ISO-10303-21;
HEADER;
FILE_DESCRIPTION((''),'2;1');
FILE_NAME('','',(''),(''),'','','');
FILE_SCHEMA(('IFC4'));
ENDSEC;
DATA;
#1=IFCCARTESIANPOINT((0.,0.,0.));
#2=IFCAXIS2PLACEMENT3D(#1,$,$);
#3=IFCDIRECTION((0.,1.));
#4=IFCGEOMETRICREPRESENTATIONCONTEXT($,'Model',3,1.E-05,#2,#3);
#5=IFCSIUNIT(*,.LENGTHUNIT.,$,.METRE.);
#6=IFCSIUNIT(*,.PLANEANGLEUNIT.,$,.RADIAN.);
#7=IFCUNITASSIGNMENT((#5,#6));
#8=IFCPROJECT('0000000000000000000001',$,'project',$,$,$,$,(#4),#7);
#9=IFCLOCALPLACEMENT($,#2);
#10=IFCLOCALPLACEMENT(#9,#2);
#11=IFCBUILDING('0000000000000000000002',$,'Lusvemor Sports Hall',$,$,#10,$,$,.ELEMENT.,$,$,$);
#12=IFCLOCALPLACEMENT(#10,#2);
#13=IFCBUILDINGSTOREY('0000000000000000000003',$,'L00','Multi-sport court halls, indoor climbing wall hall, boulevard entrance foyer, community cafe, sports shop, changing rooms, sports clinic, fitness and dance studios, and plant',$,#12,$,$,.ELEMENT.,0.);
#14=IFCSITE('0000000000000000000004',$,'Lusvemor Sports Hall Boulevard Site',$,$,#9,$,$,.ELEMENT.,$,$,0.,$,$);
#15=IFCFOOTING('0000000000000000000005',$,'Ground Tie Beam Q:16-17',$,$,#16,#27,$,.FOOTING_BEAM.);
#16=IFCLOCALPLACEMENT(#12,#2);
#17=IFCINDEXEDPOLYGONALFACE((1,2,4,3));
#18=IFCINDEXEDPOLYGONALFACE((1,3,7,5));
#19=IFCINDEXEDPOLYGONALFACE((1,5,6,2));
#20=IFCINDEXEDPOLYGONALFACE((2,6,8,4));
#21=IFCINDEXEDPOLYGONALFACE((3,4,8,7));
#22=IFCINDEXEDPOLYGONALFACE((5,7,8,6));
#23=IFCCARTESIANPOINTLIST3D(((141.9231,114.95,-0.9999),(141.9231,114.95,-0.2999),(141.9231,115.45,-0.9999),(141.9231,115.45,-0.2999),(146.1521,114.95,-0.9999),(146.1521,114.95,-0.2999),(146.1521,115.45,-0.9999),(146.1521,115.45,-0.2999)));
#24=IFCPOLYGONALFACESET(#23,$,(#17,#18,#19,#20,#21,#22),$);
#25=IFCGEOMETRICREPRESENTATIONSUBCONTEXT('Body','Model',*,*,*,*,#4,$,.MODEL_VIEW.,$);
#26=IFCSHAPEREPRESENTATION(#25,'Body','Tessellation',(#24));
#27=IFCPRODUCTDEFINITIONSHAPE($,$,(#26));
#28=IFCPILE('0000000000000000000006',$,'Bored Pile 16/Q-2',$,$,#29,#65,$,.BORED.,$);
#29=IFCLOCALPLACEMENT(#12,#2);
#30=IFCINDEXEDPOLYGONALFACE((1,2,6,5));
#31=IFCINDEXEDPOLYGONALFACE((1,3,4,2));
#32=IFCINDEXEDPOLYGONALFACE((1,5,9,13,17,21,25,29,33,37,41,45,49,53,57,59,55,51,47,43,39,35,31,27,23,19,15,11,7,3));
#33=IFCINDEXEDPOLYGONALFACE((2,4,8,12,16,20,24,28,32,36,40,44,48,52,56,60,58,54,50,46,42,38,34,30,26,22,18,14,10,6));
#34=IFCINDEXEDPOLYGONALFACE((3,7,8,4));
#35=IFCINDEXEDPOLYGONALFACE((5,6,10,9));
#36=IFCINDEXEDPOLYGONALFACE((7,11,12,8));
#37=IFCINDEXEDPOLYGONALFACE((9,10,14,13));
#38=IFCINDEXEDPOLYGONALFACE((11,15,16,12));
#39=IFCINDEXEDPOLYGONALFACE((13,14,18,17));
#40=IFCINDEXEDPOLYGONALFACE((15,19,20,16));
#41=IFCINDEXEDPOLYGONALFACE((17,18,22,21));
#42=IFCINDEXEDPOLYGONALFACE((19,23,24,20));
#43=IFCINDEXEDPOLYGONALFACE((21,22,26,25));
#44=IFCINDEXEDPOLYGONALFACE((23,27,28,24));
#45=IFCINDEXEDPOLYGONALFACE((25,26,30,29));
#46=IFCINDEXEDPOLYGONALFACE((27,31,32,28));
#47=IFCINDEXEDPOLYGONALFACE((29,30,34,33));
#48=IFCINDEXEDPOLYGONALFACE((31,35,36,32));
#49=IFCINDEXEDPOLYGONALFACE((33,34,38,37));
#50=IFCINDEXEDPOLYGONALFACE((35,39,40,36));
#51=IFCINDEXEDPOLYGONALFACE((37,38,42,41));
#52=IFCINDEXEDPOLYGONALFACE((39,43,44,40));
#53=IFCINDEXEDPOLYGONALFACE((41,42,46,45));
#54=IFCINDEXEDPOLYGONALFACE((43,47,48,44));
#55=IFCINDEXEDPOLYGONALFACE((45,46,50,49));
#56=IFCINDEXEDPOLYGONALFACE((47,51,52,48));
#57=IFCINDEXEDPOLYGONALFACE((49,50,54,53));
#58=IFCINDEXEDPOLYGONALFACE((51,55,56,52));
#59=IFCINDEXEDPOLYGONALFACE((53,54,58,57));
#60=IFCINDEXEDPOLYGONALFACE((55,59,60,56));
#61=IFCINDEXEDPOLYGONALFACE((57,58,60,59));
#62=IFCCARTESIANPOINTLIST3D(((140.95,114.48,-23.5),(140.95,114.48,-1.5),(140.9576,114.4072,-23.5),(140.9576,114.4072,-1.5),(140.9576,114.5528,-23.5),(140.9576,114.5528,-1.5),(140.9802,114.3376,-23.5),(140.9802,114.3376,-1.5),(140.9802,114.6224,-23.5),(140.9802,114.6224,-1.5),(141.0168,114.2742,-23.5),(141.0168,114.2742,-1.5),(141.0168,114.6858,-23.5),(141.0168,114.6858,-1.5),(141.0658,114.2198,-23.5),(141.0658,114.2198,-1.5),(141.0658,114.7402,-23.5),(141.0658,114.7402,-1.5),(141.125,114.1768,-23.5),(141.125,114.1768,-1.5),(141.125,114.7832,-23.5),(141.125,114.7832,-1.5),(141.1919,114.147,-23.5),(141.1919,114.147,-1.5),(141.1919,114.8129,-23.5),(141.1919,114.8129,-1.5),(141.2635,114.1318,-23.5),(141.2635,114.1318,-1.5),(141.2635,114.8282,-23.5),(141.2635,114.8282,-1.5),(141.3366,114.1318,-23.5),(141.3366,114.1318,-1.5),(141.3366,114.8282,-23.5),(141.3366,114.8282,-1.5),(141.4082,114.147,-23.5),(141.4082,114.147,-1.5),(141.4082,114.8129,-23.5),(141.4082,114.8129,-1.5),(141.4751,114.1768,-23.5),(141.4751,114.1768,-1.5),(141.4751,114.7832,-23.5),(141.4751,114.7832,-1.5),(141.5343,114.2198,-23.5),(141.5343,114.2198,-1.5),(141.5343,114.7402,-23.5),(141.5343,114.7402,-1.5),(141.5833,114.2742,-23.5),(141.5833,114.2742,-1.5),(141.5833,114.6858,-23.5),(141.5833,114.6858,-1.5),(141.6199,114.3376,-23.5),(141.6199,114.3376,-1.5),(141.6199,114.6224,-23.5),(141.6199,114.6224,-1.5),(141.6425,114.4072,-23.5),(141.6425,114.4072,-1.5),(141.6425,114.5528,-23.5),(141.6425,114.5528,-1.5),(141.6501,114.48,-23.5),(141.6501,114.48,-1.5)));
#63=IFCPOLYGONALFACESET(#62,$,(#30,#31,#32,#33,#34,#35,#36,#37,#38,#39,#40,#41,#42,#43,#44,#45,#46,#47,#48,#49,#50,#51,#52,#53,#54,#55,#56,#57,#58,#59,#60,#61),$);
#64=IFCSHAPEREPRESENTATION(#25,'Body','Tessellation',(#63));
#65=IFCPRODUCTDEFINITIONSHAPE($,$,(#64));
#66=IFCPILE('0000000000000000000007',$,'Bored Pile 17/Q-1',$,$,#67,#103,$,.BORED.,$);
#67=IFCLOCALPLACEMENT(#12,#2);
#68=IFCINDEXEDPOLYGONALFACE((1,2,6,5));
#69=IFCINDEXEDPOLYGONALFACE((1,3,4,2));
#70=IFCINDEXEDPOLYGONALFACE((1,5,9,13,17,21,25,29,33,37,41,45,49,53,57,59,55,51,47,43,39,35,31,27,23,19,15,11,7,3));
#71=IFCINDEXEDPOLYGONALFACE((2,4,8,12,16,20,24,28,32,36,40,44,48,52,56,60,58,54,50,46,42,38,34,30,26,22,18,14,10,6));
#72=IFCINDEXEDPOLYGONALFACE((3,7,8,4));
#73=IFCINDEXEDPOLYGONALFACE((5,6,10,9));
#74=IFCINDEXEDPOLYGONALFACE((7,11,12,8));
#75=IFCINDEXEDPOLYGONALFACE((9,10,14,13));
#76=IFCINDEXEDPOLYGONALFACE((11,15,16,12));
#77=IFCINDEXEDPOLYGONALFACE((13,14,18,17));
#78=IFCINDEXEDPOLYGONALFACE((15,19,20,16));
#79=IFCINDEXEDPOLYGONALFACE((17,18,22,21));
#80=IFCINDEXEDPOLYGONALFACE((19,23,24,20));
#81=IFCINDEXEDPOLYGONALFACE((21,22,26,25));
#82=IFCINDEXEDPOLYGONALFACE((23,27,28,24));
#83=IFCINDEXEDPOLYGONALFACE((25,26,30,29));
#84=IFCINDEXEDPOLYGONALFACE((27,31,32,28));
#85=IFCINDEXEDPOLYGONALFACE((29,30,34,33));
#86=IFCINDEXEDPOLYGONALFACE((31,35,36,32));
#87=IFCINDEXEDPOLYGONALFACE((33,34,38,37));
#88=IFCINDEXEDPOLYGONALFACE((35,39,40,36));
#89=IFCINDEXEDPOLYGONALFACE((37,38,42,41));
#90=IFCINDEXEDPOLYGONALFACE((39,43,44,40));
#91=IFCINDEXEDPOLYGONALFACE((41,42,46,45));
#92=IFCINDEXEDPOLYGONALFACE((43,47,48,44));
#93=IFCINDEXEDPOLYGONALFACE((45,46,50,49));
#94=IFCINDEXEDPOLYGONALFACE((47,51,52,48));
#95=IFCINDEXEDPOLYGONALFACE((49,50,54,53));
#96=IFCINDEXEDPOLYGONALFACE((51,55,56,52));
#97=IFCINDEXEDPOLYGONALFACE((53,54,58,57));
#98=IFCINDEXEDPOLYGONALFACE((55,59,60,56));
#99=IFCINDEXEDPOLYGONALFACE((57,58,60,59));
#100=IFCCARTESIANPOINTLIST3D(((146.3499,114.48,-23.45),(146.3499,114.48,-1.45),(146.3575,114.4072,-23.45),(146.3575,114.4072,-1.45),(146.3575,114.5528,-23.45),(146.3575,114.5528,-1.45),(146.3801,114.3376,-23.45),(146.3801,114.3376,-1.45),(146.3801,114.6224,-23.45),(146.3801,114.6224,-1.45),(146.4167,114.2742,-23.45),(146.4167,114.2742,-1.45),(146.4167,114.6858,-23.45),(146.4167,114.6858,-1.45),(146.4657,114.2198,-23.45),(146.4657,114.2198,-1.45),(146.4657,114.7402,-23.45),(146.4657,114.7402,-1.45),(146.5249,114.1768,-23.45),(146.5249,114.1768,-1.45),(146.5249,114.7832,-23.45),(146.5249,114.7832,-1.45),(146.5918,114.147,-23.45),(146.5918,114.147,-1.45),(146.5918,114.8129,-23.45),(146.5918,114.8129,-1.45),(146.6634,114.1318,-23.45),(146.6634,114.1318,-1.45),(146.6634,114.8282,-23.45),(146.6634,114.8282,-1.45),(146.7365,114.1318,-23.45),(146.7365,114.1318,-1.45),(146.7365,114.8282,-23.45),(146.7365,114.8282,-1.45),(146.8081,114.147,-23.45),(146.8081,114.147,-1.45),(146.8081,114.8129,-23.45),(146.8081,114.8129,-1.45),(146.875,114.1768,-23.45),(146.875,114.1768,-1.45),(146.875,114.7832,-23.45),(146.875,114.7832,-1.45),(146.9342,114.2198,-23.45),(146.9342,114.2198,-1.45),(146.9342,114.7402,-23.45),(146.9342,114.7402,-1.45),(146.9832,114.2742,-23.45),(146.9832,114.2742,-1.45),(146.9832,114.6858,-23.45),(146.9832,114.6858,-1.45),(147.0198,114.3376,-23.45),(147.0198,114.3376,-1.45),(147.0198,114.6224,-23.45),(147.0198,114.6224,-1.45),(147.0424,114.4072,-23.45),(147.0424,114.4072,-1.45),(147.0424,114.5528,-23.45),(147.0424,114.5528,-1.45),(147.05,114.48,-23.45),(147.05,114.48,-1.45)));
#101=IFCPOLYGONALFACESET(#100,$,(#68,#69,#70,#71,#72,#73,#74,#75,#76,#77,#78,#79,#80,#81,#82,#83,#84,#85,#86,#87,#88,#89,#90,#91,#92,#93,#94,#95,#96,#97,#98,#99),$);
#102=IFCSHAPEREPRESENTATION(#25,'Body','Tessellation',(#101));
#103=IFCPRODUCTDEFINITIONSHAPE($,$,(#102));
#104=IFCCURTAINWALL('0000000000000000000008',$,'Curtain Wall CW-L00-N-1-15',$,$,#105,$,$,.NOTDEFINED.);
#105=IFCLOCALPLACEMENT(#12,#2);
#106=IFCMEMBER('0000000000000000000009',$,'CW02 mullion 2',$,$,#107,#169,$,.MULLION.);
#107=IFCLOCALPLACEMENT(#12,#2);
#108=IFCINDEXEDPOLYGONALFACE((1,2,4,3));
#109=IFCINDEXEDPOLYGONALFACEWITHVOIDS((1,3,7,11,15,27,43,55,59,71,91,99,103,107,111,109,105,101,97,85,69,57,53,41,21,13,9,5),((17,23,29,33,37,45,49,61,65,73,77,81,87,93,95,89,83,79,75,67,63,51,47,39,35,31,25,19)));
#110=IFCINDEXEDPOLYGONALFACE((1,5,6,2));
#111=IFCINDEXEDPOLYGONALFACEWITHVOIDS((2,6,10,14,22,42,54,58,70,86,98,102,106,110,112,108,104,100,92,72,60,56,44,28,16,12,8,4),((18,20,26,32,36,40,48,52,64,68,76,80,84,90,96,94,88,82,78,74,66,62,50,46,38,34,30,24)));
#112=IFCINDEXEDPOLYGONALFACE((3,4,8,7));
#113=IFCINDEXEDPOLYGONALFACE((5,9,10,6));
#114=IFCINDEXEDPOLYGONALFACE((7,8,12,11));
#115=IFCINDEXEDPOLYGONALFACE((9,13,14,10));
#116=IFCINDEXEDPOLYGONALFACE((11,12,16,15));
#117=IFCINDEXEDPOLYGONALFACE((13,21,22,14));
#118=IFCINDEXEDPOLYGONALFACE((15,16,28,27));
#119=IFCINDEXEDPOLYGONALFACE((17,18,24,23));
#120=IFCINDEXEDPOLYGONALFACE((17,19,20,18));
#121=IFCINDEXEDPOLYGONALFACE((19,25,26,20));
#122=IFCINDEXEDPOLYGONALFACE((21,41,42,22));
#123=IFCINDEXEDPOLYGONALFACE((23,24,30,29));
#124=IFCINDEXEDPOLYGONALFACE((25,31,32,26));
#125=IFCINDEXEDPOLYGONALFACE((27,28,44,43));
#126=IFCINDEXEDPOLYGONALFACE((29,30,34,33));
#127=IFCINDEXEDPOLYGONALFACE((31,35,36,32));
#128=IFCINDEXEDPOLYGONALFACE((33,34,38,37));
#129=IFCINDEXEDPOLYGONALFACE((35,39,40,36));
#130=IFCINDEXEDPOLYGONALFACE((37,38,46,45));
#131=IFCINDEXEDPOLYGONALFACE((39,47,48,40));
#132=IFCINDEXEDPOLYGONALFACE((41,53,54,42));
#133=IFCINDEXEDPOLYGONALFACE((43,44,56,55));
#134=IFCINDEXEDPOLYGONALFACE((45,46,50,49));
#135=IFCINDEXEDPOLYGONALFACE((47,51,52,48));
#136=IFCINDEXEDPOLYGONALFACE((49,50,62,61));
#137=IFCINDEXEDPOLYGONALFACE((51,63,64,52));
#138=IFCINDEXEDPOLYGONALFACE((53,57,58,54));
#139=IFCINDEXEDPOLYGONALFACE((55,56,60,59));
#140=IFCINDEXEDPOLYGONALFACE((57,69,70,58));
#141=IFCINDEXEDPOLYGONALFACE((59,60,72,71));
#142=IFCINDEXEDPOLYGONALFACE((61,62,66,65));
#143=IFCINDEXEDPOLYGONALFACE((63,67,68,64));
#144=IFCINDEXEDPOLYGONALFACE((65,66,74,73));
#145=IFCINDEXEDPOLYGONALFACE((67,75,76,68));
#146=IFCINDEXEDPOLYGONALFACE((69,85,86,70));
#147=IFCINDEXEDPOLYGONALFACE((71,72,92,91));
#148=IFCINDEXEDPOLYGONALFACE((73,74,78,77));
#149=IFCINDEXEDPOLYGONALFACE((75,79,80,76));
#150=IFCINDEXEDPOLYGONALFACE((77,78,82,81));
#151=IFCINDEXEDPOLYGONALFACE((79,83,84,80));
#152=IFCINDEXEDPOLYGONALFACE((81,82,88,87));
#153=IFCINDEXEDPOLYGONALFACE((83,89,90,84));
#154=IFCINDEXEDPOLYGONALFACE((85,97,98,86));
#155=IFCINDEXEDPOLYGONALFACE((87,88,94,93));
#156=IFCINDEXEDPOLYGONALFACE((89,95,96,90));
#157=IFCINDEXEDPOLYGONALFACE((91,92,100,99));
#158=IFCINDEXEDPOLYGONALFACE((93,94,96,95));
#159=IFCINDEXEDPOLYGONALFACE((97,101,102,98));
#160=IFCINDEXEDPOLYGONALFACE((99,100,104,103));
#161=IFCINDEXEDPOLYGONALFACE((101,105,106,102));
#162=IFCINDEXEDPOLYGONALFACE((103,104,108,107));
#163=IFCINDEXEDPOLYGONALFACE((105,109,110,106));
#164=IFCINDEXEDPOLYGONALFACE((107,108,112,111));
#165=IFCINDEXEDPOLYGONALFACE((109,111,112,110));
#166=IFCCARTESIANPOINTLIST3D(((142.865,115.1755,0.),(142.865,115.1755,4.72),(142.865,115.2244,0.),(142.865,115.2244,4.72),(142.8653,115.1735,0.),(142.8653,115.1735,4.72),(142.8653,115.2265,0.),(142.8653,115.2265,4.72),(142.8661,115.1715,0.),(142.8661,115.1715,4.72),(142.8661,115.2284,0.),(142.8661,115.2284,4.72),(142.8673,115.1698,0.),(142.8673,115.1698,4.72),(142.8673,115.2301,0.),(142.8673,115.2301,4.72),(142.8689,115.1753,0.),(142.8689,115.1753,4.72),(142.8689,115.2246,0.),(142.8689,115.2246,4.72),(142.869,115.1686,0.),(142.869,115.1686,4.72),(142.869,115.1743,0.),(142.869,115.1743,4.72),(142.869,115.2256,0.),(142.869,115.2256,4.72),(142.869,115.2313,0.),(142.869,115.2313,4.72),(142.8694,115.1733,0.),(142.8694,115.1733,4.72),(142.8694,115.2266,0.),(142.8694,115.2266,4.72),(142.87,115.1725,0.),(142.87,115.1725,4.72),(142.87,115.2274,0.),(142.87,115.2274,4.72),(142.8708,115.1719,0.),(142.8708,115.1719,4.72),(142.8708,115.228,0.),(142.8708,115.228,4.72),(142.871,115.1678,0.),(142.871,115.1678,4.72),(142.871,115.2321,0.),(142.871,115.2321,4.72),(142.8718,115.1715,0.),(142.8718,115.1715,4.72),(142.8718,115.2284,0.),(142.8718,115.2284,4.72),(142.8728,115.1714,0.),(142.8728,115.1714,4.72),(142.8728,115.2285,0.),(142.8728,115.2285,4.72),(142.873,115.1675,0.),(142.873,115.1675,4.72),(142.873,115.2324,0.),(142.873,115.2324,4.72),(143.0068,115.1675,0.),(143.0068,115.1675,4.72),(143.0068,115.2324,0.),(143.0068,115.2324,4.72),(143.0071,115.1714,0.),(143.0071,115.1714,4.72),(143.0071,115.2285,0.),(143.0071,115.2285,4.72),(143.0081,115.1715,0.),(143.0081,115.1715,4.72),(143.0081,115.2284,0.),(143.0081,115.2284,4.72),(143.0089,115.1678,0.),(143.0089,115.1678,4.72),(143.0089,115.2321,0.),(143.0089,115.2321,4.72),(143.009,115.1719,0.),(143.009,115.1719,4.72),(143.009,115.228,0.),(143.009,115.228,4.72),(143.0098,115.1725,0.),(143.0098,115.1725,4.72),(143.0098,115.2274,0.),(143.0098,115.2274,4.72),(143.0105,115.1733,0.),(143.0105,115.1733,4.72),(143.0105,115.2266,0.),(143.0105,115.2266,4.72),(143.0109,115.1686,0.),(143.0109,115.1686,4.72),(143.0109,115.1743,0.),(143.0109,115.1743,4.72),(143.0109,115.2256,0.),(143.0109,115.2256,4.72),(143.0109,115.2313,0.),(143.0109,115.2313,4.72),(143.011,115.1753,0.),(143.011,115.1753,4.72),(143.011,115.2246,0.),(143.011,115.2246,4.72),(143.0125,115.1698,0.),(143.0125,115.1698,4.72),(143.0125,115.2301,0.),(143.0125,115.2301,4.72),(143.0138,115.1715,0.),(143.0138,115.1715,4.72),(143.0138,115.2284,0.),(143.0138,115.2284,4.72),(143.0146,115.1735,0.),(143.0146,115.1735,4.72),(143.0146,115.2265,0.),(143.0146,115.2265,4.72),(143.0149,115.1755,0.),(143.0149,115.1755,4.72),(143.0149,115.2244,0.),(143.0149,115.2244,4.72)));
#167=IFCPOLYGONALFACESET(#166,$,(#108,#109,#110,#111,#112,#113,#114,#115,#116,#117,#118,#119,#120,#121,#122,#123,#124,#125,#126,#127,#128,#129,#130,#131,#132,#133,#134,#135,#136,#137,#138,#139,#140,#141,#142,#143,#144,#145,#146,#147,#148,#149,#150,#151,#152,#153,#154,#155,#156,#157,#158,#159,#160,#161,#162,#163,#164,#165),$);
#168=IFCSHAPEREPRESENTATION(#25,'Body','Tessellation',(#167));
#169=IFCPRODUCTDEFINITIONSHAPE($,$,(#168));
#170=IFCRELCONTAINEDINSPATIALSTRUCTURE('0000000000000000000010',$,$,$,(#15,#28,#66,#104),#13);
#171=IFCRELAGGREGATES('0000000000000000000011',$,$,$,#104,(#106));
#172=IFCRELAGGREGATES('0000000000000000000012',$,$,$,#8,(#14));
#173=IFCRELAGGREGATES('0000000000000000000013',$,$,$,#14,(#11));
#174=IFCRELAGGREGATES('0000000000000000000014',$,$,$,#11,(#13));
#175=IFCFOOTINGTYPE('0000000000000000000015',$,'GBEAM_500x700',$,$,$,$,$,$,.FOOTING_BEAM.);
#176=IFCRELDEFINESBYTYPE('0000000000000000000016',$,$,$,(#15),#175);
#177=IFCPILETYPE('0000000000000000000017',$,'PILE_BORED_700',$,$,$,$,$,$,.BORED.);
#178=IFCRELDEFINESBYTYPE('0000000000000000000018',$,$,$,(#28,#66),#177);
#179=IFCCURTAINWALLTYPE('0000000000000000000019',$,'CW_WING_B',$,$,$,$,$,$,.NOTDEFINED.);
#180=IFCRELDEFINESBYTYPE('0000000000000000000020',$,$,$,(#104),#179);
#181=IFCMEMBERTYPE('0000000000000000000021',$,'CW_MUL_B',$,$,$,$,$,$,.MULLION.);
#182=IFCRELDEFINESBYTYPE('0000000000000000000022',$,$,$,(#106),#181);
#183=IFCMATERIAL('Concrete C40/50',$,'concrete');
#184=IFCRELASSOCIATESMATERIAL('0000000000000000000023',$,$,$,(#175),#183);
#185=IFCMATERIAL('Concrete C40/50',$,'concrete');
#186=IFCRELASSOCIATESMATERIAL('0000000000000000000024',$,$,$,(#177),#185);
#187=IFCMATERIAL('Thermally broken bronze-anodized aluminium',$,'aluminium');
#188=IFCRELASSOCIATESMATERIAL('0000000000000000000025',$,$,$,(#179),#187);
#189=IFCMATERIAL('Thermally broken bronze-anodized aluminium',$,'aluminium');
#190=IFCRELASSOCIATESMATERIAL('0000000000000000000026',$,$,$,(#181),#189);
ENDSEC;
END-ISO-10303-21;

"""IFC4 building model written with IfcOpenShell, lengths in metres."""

from ifc_helpers import new_model, si_unit, direction, frame, origin, origin_2d, place, context, subcontext, project, spatial, rectangle, hollow_rectangle, circle, extrude, material, material_profile, profile_set, type_object, element, aggregate, save


model = new_model("IFC4")

# Units and contexts
model_context = context("Model", 3, precision=1e-05, world=origin(), true_north=direction((0.0, 1.0)))
body_context = subcontext(model_context, "Body", "Model", "MODEL_VIEW")
ifc_project = project(units=[si_unit("LENGTHUNIT", "METRE"), si_unit("PLANEANGLEUNIT", "RADIAN")], contexts=[model_context])

# Site, building, storey
site_placement = place(None, origin())
site = spatial("IfcSite", under=ifc_project, at=site_placement, Name="Lusvemor Sports Hall Boulevard Site", CompositionType="ELEMENT", RefElevation=0.0)
building_placement = place(site_placement, origin())
building = spatial("IfcBuilding", under=site, at=building_placement, Name="Lusvemor Sports Hall", CompositionType="ELEMENT")
storey_placement = place(building_placement, origin())
storey = spatial("IfcBuildingStorey", under=building, at=storey_placement, Name="L00", Description="Multi-sport court halls, indoor climbing wall hall, boulevard entrance foyer, community cafe, sports shop, changing rooms, sports clinic, fitness and dance studios, and plant", CompositionType="ELEMENT", Elevation=0.0)

# Footing
ifc_material_1 = material(Name="Concrete C40/50", Category="concrete")
ifc_material_profile_1 = material_profile(ifc_material_1, rectangle(XDim=0.5, YDim=0.7, at=origin_2d()), Name="GB_500x700")
ifc_profile_set_1 = profile_set([ifc_material_profile_1], Name="Concrete C40/50")
footing_type = type_object("IfcFootingType", Name="GBEAM_500x700", PredefinedType="FOOTING_BEAM", material=ifc_profile_set_1)
footing_placement = place(storey_placement, frame((141.9231, 115.2, -0.6499), z_axis=(1.0, 0.0, 0.0), x_axis=(0.0, 1.0, 0.0)))
element("IfcFooting", 1, at=footing_placement, inside=storey, type_object=footing_type, Name="Ground Tie Beam Q:16-17", PredefinedType="FOOTING_BEAM", context=body_context, shape_type="SweptSolid", body=[
    extrude(rectangle(XDim=0.5, YDim=0.7, at=origin_2d()), origin(), (0.0, 0.0, 1.0), 4.229),
])

# Piles
ifc_material_2 = material(Name="Concrete C40/50", Category="concrete")
ifc_material_profile_2 = material_profile(ifc_material_2, circle(Radius=0.3501, at=origin_2d()), Name="PILE700")
ifc_profile_set_2 = profile_set([ifc_material_profile_2], Name="Concrete C40/50")
pile_type = type_object("IfcPileType", Name="PILE_BORED_700", PredefinedType="BORED", material=ifc_profile_set_2)
for number, where, z_axis, x_axis, name in (
    (2, (141.3, 114.48, -1.5), (0.0, 0.0, -1.0), (1.0, 0.0, 0.0), "Bored Pile 16/Q-2"),
    (3, (146.7, 114.48, -1.45), (0.0, 0.0, -1.0), (1.0, 0.0, 0.0), "Bored Pile 17/Q-1"),
):
    element("IfcPile", number, at=place(storey_placement, frame(where, z_axis=z_axis, x_axis=x_axis)), inside=storey, type_object=pile_type, Name=name, PredefinedType="BORED", context=body_context, shape_type="SweptSolid", body=[
        extrude(circle(Radius=0.3501, at=origin_2d()), origin(), (0.0, 0.0, 1.0), 22.0),
    ])

# Curtain wall, member
ifc_material_3 = material(Name="Thermally broken bronze-anodized aluminium", Category="aluminium")
curtain_wall_type = type_object("IfcCurtainWallType", Name="CW_WING_B", PredefinedType="NOTDEFINED", material=ifc_material_3)
curtain_wall_placement = place(storey_placement, origin())
curtain_wall = element("IfcCurtainWall", 4, at=curtain_wall_placement, inside=storey, type_object=curtain_wall_type, Name="Curtain Wall CW-L00-N-1-15", PredefinedType="NOTDEFINED")
ifc_material_4 = material(Name="Thermally broken bronze-anodized aluminium", Category="aluminium")
ifc_material_profile_3 = material_profile(ifc_material_4, hollow_rectangle(XDim=0.0649, YDim=0.1499, WallThickness=0.0039, InnerFilletRadius=0.0039, OuterFilletRadius=0.0081, at=origin_2d()), Name="CWMUL150x65x4")
ifc_profile_set_3 = profile_set([ifc_material_profile_3], Name="Thermally broken bronze-anodized aluminium")
member_type_1 = type_object("IfcMemberType", Name="CW_MUL_B", PredefinedType="MULLION", material=ifc_profile_set_3)
member_1_placement = place(storey_placement, frame((142.9399, 115.2, 0.0), z_axis=(0.0, 0.0, 1.0), x_axis=(0.0, 1.0, 0.0)))
member_1 = element("IfcMember", 5, at=member_1_placement, type_object=member_type_1, Name="CW02 mullion 2", PredefinedType="MULLION", context=body_context, shape_type="SweptSolid", body=[
    extrude(hollow_rectangle(XDim=0.0649, YDim=0.1499, WallThickness=0.0039, InnerFilletRadius=0.0039, OuterFilletRadius=0.0081, at=origin_2d()), origin(), (0.0, 0.0, 1.0), 4.72),
])
aggregate(curtain_wall, [member_1])

save(model, "model.ifc")
